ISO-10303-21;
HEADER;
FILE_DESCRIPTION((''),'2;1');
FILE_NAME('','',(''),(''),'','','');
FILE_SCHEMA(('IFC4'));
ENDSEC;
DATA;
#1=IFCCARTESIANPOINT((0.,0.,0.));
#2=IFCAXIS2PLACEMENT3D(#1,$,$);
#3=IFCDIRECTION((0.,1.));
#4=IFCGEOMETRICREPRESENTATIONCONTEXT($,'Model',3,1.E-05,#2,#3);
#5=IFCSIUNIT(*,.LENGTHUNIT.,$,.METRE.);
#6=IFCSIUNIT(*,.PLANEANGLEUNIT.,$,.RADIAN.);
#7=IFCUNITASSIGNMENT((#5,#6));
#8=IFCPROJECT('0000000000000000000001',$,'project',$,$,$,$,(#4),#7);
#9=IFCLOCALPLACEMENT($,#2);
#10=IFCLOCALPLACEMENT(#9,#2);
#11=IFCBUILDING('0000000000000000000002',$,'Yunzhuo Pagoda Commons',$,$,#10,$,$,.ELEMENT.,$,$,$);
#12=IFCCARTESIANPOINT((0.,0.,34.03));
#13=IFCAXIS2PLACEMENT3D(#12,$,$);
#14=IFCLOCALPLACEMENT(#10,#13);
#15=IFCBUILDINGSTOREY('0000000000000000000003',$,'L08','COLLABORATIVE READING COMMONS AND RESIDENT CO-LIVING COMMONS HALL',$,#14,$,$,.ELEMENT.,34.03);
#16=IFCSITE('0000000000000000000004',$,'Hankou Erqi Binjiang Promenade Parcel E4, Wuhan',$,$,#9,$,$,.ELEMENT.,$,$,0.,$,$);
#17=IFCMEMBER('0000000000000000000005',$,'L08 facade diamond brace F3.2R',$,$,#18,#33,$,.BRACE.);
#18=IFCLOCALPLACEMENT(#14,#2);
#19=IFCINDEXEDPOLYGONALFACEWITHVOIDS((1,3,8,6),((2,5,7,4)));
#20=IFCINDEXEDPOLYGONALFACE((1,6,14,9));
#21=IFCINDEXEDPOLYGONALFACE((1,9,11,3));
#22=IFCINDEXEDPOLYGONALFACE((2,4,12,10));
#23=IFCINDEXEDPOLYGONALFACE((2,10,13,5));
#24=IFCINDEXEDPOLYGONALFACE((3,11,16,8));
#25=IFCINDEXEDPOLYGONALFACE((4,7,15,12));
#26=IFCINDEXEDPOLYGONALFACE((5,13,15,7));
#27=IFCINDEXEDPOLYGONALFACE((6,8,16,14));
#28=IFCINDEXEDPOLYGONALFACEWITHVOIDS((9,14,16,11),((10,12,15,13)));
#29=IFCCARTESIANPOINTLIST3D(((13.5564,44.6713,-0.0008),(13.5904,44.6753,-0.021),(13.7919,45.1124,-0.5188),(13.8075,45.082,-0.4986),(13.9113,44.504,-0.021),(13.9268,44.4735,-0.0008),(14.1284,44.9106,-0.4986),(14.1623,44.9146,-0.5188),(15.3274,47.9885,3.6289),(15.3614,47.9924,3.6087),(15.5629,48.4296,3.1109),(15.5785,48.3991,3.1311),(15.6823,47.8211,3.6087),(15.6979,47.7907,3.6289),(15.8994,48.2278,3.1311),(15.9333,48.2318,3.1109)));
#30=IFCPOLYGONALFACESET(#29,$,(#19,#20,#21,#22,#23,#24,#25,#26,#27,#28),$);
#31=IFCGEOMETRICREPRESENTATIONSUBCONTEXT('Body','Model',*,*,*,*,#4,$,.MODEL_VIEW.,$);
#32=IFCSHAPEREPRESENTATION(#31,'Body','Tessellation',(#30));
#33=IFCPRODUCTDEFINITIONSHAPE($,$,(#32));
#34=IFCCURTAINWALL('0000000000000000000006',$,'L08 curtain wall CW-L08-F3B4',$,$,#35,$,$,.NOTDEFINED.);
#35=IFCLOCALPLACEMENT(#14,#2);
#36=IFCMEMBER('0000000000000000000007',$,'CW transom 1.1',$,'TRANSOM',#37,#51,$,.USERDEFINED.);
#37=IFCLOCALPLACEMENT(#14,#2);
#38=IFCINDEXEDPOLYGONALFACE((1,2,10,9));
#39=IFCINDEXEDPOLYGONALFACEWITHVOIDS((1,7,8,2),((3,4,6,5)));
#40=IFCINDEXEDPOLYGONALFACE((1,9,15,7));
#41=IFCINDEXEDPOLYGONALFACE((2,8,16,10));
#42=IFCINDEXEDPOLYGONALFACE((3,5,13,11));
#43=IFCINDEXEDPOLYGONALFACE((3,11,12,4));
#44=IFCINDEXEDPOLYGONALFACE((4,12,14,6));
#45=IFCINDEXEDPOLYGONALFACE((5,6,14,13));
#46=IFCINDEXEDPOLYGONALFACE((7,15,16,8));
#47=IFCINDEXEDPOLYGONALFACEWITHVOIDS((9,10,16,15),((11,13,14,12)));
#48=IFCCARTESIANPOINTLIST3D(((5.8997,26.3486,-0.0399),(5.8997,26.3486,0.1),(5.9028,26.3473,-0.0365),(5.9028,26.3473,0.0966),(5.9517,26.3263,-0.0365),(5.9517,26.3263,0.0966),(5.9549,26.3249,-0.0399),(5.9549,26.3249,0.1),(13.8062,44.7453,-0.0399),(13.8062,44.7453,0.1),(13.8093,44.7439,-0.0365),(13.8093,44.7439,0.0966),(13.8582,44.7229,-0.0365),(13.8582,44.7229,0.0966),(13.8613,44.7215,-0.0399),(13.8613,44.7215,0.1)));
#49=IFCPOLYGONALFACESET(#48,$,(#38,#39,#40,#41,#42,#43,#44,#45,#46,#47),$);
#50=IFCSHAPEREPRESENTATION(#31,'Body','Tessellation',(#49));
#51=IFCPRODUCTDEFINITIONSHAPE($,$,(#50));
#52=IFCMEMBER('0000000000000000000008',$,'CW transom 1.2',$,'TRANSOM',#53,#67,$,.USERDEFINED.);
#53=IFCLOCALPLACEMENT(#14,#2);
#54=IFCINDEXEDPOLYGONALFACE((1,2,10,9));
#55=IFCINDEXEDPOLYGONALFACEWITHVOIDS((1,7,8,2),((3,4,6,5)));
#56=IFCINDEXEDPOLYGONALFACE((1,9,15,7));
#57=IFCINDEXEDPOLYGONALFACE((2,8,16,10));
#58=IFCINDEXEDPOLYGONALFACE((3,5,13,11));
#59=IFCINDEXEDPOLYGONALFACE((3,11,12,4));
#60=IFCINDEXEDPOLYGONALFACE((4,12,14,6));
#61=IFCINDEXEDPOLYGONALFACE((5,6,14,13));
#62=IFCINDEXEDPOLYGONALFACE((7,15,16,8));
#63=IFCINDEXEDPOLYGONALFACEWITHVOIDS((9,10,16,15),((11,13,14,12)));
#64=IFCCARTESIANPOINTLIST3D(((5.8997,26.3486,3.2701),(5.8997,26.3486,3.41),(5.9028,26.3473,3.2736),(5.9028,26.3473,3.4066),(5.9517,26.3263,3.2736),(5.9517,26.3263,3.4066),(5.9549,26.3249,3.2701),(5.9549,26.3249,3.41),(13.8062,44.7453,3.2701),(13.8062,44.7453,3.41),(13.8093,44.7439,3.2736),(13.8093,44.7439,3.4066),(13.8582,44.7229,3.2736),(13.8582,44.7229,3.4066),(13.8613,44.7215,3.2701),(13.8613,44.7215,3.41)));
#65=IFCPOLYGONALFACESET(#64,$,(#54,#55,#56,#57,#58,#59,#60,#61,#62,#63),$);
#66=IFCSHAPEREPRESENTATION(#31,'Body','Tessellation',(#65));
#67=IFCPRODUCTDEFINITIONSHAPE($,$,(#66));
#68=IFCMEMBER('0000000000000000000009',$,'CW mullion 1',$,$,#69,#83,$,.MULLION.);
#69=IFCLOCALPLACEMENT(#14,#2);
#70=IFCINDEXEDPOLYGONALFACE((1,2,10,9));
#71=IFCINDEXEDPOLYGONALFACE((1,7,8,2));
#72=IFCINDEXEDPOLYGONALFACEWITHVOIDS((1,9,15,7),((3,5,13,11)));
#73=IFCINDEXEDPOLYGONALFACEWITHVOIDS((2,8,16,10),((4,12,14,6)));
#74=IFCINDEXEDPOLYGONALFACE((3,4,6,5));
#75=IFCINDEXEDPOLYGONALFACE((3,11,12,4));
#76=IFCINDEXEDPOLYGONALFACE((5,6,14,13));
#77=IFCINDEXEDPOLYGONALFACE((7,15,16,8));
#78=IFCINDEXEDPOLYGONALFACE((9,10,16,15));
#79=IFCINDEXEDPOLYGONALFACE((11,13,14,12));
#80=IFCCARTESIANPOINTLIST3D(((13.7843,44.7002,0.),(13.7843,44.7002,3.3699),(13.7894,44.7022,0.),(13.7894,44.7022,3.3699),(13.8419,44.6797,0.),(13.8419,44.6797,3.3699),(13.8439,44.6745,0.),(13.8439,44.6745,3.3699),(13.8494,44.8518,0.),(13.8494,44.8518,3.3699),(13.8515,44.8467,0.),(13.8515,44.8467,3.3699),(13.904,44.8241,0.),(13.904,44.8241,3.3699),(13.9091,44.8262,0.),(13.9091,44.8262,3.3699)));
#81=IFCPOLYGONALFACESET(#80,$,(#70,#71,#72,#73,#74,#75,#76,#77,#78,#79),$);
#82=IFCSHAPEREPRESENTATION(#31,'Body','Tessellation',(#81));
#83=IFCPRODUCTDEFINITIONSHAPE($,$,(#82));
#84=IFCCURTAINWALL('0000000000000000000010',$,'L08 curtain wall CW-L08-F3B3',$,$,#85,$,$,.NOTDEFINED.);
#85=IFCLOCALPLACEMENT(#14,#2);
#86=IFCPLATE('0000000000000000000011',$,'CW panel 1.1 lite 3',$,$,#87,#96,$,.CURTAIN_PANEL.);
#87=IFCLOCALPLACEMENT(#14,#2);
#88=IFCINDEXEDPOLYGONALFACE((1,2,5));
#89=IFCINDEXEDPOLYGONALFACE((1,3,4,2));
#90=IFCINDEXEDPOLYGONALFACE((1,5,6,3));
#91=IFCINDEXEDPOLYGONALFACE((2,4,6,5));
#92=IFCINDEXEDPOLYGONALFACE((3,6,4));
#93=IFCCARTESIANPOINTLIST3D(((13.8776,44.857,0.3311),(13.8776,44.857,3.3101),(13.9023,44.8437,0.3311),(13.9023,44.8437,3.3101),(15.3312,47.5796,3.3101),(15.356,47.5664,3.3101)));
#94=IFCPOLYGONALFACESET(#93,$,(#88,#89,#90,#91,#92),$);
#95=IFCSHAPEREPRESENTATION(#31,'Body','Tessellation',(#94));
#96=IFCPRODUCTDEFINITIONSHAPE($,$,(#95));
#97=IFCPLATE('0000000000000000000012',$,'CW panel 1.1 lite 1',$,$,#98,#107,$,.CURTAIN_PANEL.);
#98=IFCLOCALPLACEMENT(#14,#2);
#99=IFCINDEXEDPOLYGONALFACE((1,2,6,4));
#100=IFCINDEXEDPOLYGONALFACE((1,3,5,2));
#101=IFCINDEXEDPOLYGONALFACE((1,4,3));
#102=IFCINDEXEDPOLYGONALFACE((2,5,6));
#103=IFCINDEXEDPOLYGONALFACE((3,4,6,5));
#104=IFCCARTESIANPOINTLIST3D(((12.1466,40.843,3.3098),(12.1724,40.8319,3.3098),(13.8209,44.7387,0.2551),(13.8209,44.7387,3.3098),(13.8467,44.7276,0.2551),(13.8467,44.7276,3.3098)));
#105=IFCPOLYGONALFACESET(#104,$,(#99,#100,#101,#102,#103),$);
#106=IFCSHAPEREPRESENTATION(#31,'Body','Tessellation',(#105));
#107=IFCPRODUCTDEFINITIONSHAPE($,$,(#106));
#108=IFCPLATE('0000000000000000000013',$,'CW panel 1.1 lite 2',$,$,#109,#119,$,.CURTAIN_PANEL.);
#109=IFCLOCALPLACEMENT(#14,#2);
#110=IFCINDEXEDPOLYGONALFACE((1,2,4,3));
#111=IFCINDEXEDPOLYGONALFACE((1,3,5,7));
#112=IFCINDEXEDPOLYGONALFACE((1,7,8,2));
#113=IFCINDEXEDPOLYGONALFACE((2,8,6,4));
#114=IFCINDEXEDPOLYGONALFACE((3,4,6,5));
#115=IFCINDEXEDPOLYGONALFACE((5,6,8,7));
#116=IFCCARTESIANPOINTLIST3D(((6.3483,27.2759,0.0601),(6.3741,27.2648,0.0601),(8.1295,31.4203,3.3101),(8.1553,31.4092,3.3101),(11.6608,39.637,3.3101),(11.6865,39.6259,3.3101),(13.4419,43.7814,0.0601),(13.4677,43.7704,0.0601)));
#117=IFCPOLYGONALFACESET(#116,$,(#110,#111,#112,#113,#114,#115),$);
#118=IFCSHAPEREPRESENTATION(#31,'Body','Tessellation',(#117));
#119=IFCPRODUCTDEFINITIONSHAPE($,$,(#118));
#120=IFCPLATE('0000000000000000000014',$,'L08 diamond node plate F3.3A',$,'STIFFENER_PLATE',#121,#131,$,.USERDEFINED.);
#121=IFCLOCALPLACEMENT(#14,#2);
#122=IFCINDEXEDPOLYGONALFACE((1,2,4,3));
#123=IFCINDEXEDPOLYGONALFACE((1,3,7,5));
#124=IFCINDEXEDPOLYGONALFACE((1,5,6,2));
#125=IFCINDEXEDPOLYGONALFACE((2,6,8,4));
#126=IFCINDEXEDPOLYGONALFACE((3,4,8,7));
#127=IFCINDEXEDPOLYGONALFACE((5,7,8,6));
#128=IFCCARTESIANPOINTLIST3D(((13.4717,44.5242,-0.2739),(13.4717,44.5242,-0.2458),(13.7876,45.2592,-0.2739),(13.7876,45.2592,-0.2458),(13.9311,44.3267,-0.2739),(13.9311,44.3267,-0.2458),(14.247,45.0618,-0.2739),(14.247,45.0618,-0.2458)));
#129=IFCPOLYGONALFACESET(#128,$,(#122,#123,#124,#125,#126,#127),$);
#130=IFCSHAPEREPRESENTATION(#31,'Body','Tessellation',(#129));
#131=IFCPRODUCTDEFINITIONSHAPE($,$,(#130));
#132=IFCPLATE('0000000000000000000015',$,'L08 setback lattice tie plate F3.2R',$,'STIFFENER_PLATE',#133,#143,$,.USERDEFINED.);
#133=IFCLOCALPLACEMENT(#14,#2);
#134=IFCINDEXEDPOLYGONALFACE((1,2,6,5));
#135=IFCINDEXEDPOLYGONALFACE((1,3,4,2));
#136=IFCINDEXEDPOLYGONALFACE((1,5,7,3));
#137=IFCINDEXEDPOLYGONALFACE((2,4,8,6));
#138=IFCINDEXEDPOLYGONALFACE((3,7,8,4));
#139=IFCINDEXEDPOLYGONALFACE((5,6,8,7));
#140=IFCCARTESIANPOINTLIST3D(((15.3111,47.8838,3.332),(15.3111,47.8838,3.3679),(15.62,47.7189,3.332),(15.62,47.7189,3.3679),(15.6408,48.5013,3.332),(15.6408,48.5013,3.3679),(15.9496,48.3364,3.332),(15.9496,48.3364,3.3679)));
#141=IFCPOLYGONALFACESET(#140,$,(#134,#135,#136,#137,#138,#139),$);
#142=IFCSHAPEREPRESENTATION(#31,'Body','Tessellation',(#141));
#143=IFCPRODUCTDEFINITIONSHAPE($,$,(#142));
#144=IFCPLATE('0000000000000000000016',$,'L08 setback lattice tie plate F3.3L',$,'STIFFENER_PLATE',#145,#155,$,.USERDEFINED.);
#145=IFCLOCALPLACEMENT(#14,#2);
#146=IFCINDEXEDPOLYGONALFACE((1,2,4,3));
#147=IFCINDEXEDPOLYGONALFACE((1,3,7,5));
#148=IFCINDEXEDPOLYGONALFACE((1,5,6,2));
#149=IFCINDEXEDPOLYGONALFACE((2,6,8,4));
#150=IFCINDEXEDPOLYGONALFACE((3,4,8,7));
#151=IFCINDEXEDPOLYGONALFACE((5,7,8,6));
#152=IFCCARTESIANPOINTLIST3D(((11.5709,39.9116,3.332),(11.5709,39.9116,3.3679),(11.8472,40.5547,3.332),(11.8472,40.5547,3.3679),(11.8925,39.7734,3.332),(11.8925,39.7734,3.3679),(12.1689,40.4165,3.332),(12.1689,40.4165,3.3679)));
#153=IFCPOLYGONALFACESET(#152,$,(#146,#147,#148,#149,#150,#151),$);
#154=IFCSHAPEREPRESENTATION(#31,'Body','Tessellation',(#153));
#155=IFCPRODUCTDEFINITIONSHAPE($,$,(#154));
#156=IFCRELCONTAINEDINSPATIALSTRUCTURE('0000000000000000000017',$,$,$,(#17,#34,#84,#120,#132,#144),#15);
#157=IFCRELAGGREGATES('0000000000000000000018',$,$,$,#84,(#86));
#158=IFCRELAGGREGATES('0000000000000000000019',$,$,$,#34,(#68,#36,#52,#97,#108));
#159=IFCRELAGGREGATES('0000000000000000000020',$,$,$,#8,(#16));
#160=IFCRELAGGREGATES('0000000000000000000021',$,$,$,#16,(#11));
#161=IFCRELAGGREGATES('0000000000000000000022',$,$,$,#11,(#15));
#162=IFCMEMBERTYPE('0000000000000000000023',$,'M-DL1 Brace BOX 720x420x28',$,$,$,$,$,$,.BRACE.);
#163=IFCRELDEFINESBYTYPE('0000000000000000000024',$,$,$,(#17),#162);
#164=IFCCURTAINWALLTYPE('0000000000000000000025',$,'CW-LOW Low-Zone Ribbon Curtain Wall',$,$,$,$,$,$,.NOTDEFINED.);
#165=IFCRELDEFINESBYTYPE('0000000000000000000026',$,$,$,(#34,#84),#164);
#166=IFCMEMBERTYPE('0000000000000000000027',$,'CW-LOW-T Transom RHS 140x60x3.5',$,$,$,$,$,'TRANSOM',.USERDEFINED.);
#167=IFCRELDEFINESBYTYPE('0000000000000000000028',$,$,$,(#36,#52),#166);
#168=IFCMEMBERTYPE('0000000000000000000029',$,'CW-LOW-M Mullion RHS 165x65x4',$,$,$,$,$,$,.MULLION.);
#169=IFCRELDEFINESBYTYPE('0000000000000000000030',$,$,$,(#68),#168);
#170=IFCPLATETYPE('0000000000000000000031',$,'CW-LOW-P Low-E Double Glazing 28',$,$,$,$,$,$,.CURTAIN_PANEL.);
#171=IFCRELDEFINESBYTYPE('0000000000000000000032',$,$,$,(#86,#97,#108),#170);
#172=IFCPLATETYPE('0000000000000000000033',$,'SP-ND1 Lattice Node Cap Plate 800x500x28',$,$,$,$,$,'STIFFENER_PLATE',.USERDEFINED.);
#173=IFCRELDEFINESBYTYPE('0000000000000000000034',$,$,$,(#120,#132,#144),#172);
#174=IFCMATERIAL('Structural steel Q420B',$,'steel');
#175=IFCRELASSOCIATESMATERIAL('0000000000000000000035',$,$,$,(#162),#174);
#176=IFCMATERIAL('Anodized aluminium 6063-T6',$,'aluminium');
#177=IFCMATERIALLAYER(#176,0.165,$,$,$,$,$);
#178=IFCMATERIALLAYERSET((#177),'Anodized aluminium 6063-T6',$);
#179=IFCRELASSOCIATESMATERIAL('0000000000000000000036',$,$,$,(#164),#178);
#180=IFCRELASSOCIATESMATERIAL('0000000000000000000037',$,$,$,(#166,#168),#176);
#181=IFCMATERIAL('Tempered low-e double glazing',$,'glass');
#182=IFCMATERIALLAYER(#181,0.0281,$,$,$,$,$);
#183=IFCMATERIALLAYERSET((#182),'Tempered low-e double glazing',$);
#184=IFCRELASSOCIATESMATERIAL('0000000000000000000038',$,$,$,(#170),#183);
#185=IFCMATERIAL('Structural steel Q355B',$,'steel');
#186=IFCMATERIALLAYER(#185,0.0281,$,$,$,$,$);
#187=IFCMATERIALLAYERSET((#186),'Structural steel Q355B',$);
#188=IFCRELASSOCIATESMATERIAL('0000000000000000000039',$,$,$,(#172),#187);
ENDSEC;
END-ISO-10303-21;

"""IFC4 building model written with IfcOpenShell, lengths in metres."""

from ifc_helpers import new_model, si_unit, direction, frame, origin, origin_2d, place, context, subcontext, project, spatial, polyline, rectangle, hollow_rectangle, outline, extrude, source, transform, mapped, material, layer, layer_set, material_profile, profile_set, type_object, element, aggregate, save


model = new_model("IFC4")

# Units and contexts
model_context = context("Model", 3, precision=1e-05, world=origin(), true_north=direction((0.0, 1.0)))
body_context = subcontext(model_context, "Body", "Model", "MODEL_VIEW")
ifc_project = project(units=[si_unit("LENGTHUNIT", "METRE"), si_unit("PLANEANGLEUNIT", "RADIAN")], contexts=[model_context])

# Site, building, storey
site_placement = place(None, origin())
site = spatial("IfcSite", under=ifc_project, at=site_placement, Name="Hankou Erqi Binjiang Promenade Parcel E4, Wuhan", CompositionType="ELEMENT", RefElevation=0.0)
building_placement = place(site_placement, origin())
building = spatial("IfcBuilding", under=site, at=building_placement, Name="Yunzhuo Pagoda Commons", CompositionType="ELEMENT")
storey_placement = place(building_placement, frame((0.0, 0.0, 34.03)))
storey = spatial("IfcBuildingStorey", under=building, at=storey_placement, Name="L08", Description="COLLABORATIVE READING COMMONS AND RESIDENT CO-LIVING COMMONS HALL", CompositionType="ELEMENT", Elevation=34.03)

# Shared definitions
ifc_material_1 = material(Name="Structural steel Q420B", Category="steel")

# Shared definitions
ifc_material_2 = material(Name="Structural steel Q355B", Category="steel")

# Member
ifc_material_profile_1 = material_profile(ifc_material_1, hollow_rectangle(XDim=0.4199, YDim=0.72, WallThickness=0.0281, at=origin_2d()), Name="Structural steel Q420B")
ifc_profile_set_1 = profile_set([ifc_material_profile_1], Name="Structural steel Q420B")
member_type_1 = type_object("IfcMemberType", Name="M-DL1 Brace BOX 720x420x28", PredefinedType="BRACE", material=ifc_profile_set_1)
shared_shape_1 = source(origin(), body_context, "Body", "SweptSolid", [
    extrude(hollow_rectangle(XDim=0.4199, YDim=0.72, WallThickness=0.0281, at=origin_2d()), origin(), (0.0, 0.0, 1.0), 5.2263),
])
member_1_placement = place(storey_placement, frame((13.8594, 44.793, -0.2598), z_axis=(0.338863, 0.634702, 0.694496), x_axis=(-0.882148, 0.470972, 0.0)))
element("IfcMember", 1, at=member_1_placement, inside=storey, type_object=member_type_1, Name="L08 facade diamond brace F3.2R", PredefinedType="BRACE", context=body_context, shape_type="MappedRepresentation", body=[
    mapped(shared_shape_1, transform((0.0, 0.0, 0.0), scale=1.0)),
])

# Curtain wall, members
ifc_material_3 = material(Name="Anodized aluminium 6063-T6", Category="aluminium")
ifc_layer_1 = layer(ifc_material_3, 0.165)
ifc_layer_set_1 = layer_set([ifc_layer_1], Name="Anodized aluminium 6063-T6")
curtain_wall_type = type_object("IfcCurtainWallType", Name="CW-LOW Low-Zone Ribbon Curtain Wall", PredefinedType="NOTDEFINED", material=ifc_layer_set_1)
curtain_wall_1_placement = place(storey_placement, origin())
curtain_wall_1 = element("IfcCurtainWall", 2, at=curtain_wall_1_placement, inside=storey, type_object=curtain_wall_type, Name="L08 curtain wall CW-L08-F3B4", PredefinedType="NOTDEFINED")
ifc_material_profile_2 = material_profile(ifc_material_3, hollow_rectangle(XDim=0.0601, YDim=0.1399, WallThickness=0.0034, at=origin_2d()), Name="Anodized aluminium 6063-T6")
ifc_profile_set_2 = profile_set([ifc_material_profile_2], Name="Anodized aluminium 6063-T6")
member_type_2 = type_object("IfcMemberType", Name="CW-LOW-T Transom RHS 140x60x3.5", ElementType="TRANSOM", PredefinedType="USERDEFINED", material=ifc_profile_set_2)
shared_shape_2 = source(origin(), body_context, "Body", "SweptSolid", [
    extrude(hollow_rectangle(XDim=0.0601, YDim=0.1399, WallThickness=0.0034, at=origin_2d()), origin(), (0.0, 0.0, 1.0), 20.0237),
])
member_2_placement = place(storey_placement, frame((13.8337, 44.7334, 0.03), z_axis=(-0.394855, -0.918743, 0.0), x_axis=(0.918743, -0.394855, 0.0)))
member_2 = element("IfcMember", 3, at=member_2_placement, type_object=member_type_2, Name="CW transom 1.1", ObjectType="TRANSOM", PredefinedType="USERDEFINED", context=body_context, shape_type="MappedRepresentation", body=[
    mapped(shared_shape_2, transform((0.0, 0.0, 0.0), scale=1.0)),
])
member_3_placement = place(storey_placement, frame((13.8337, 44.7334, 3.3401), z_axis=(-0.394855, -0.918743, 0.0), x_axis=(0.918743, -0.394855, 0.0)))
member_3 = element("IfcMember", 4, at=member_3_placement, type_object=member_type_2, Name="CW transom 1.2", ObjectType="TRANSOM", PredefinedType="USERDEFINED", context=body_context, shape_type="MappedRepresentation", body=[
    mapped(shared_shape_2, transform((0.0, 0.0, 0.0), scale=1.0)),
])
ifc_material_profile_3 = material_profile(ifc_material_3, hollow_rectangle(XDim=0.0649, YDim=0.165, WallThickness=0.0039, at=origin_2d()), Name="Anodized aluminium 6063-T6")
ifc_profile_set_3 = profile_set([ifc_material_profile_3], Name="Anodized aluminium 6063-T6")
member_type_3 = type_object("IfcMemberType", Name="CW-LOW-M Mullion RHS 165x65x4", PredefinedType="MULLION", material=ifc_profile_set_3)
shared_shape_3 = source(origin(), body_context, "Body", "SweptSolid", [
    extrude(hollow_rectangle(XDim=0.0649, YDim=0.165, WallThickness=0.0039, at=origin_2d()), origin(), (0.0, 0.0, 1.0), 3.3699),
])
member_4_placement = place(storey_placement, frame((13.8467, 44.7632, 0.0), z_axis=(0.0, 0.0, 1.0), x_axis=(0.918745, -0.394851, 0.0)))
member_4 = element("IfcMember", 5, at=member_4_placement, type_object=member_type_3, Name="CW mullion 1", PredefinedType="MULLION", context=body_context, shape_type="MappedRepresentation", body=[
    mapped(shared_shape_3, transform((0.0, 0.0, 0.0), scale=1.0)),
])

# Curtain wall, plate
curtain_wall_2_placement = place(storey_placement, origin())
curtain_wall_2 = element("IfcCurtainWall", 6, at=curtain_wall_2_placement, inside=storey, type_object=curtain_wall_type, Name="L08 curtain wall CW-L08-F3B3", PredefinedType="NOTDEFINED")
ifc_material_4 = material(Name="Tempered low-e double glazing", Category="glass")
ifc_layer_2 = layer(ifc_material_4, 0.0281)
ifc_layer_set_2 = layer_set([ifc_layer_2], Name="Tempered low-e double glazing")
plate_type_1 = type_object("IfcPlateType", Name="CW-LOW-P Low-E Double Glazing 28", PredefinedType="CURTAIN_PANEL", material=ifc_layer_set_2)
plate_1_placement = place(storey_placement, frame((14.6292, 46.2051, 1.8206), z_axis=(-0.882141, 0.470985, 0.0), x_axis=(-0.470985, -0.882141, 0.0)))
plate_1 = element("IfcPlate", 7, at=plate_1_placement, type_object=plate_type_1, Name="CW panel 1.1 lite 3", PredefinedType="CURTAIN_PANEL", context=body_context, shape_type="SweptSolid", body=[
    extrude(outline(polyline([(-1.5432, 1.4895), (1.5432, -1.4895), (1.5432, 1.4895), (-1.5432, 1.4895)])), origin(), (0.0, 0.0, 1.0), 0.0281),
])
aggregate(curtain_wall_2, [plate_1])

# Plates
plate_2_placement = place(storey_placement, frame((13.0095, 42.7798, 1.7825), z_axis=(-0.918745, 0.394851, 0.0), x_axis=(-0.394851, -0.918745, 0.0)))
plate_2 = element("IfcPlate", 8, at=plate_2_placement, type_object=plate_type_1, Name="CW panel 1.1 lite 1", PredefinedType="CURTAIN_PANEL", context=body_context, shape_type="SweptSolid", body=[
    extrude(outline(polyline([(-2.1201, -1.5273), (2.1201, 1.5273), (-2.1201, 1.5273), (-2.1201, -1.5273)])), origin(), (0.0, 0.0, 1.0), 0.0281),
])
plate_3_placement = place(storey_placement, frame((9.9209, 35.5176, 1.6851), z_axis=(-0.918745, 0.394851, 0.0), x_axis=(-0.394851, -0.918745, 0.0)))
plate_3 = element("IfcPlate", 9, at=plate_3_placement, type_object=plate_type_1, Name="CW panel 1.1 lite 2", PredefinedType="CURTAIN_PANEL", context=body_context, shape_type="SweptSolid", body=[
    extrude(outline(polyline([(-8.9827, -1.625), (8.9827, -1.625), (4.4717, 1.625), (-4.4717, 1.625), (-8.9827, -1.625)])), origin(), (0.0, 0.0, 1.0), 0.0281),
])
aggregate(curtain_wall_1, [member_4, member_2, member_3, plate_2, plate_3])

# Plates
ifc_layer_3 = layer(ifc_material_2, 0.0281)
ifc_layer_set_3 = layer_set([ifc_layer_3], Name="Structural steel Q355B")
plate_type_2 = type_object("IfcPlateType", Name="SP-ND1 Lattice Node Cap Plate 800x500x28", ElementType="STIFFENER_PLATE", PredefinedType="USERDEFINED", material=ifc_layer_set_3)
shared_shape_4 = source(origin(), body_context, "Body", "SweptSolid", [
    extrude(rectangle(XDim=0.8, YDim=0.5, at=origin_2d()), origin(), (0.0, 0.0, 1.0), 0.0281),
])
plate_4_placement = place(storey_placement, frame((13.8594, 44.793, -0.2739), z_axis=(0.0, 0.0, 1.0), x_axis=(-0.394856, -0.918743, 0.0)))
element("IfcPlate", 10, at=plate_4_placement, inside=storey, type_object=plate_type_2, Name="L08 diamond node plate F3.3A", ObjectType="STIFFENER_PLATE", PredefinedType="USERDEFINED", context=body_context, shape_type="MappedRepresentation", body=[
    mapped(shared_shape_4, transform((0.0, 0.0, 0.0), scale=1.0)),
])
shared_shape_5 = source(origin(), body_context, "Body", "SweptSolid", [
    extrude(rectangle(XDim=0.7, YDim=0.3501, at=origin_2d()), origin(), (0.0, 0.0, 1.0), 0.0359),
])
for number, where, z_axis, x_axis, name in (
    (11, (15.6304, 48.1101, 3.332), (0.0, 0.0, 1.0), (-0.470981, -0.882143, 0.0), "L08 setback lattice tie plate F3.2R"),
    (12, (11.8699, 40.1641, 3.332), (0.0, 0.0, 1.0), (-0.394856, -0.918743, 0.0), "L08 setback lattice tie plate F3.3L"),
):
    element("IfcPlate", number, at=place(storey_placement, frame(where, z_axis=z_axis, x_axis=x_axis)), inside=storey, type_object=plate_type_2, Name=name, ObjectType="STIFFENER_PLATE", PredefinedType="USERDEFINED", context=body_context, shape_type="MappedRepresentation", body=[
        mapped(shared_shape_5, transform((0.0, 0.0, 0.0), scale=1.0)),
    ])

save(model, "model.ifc")
